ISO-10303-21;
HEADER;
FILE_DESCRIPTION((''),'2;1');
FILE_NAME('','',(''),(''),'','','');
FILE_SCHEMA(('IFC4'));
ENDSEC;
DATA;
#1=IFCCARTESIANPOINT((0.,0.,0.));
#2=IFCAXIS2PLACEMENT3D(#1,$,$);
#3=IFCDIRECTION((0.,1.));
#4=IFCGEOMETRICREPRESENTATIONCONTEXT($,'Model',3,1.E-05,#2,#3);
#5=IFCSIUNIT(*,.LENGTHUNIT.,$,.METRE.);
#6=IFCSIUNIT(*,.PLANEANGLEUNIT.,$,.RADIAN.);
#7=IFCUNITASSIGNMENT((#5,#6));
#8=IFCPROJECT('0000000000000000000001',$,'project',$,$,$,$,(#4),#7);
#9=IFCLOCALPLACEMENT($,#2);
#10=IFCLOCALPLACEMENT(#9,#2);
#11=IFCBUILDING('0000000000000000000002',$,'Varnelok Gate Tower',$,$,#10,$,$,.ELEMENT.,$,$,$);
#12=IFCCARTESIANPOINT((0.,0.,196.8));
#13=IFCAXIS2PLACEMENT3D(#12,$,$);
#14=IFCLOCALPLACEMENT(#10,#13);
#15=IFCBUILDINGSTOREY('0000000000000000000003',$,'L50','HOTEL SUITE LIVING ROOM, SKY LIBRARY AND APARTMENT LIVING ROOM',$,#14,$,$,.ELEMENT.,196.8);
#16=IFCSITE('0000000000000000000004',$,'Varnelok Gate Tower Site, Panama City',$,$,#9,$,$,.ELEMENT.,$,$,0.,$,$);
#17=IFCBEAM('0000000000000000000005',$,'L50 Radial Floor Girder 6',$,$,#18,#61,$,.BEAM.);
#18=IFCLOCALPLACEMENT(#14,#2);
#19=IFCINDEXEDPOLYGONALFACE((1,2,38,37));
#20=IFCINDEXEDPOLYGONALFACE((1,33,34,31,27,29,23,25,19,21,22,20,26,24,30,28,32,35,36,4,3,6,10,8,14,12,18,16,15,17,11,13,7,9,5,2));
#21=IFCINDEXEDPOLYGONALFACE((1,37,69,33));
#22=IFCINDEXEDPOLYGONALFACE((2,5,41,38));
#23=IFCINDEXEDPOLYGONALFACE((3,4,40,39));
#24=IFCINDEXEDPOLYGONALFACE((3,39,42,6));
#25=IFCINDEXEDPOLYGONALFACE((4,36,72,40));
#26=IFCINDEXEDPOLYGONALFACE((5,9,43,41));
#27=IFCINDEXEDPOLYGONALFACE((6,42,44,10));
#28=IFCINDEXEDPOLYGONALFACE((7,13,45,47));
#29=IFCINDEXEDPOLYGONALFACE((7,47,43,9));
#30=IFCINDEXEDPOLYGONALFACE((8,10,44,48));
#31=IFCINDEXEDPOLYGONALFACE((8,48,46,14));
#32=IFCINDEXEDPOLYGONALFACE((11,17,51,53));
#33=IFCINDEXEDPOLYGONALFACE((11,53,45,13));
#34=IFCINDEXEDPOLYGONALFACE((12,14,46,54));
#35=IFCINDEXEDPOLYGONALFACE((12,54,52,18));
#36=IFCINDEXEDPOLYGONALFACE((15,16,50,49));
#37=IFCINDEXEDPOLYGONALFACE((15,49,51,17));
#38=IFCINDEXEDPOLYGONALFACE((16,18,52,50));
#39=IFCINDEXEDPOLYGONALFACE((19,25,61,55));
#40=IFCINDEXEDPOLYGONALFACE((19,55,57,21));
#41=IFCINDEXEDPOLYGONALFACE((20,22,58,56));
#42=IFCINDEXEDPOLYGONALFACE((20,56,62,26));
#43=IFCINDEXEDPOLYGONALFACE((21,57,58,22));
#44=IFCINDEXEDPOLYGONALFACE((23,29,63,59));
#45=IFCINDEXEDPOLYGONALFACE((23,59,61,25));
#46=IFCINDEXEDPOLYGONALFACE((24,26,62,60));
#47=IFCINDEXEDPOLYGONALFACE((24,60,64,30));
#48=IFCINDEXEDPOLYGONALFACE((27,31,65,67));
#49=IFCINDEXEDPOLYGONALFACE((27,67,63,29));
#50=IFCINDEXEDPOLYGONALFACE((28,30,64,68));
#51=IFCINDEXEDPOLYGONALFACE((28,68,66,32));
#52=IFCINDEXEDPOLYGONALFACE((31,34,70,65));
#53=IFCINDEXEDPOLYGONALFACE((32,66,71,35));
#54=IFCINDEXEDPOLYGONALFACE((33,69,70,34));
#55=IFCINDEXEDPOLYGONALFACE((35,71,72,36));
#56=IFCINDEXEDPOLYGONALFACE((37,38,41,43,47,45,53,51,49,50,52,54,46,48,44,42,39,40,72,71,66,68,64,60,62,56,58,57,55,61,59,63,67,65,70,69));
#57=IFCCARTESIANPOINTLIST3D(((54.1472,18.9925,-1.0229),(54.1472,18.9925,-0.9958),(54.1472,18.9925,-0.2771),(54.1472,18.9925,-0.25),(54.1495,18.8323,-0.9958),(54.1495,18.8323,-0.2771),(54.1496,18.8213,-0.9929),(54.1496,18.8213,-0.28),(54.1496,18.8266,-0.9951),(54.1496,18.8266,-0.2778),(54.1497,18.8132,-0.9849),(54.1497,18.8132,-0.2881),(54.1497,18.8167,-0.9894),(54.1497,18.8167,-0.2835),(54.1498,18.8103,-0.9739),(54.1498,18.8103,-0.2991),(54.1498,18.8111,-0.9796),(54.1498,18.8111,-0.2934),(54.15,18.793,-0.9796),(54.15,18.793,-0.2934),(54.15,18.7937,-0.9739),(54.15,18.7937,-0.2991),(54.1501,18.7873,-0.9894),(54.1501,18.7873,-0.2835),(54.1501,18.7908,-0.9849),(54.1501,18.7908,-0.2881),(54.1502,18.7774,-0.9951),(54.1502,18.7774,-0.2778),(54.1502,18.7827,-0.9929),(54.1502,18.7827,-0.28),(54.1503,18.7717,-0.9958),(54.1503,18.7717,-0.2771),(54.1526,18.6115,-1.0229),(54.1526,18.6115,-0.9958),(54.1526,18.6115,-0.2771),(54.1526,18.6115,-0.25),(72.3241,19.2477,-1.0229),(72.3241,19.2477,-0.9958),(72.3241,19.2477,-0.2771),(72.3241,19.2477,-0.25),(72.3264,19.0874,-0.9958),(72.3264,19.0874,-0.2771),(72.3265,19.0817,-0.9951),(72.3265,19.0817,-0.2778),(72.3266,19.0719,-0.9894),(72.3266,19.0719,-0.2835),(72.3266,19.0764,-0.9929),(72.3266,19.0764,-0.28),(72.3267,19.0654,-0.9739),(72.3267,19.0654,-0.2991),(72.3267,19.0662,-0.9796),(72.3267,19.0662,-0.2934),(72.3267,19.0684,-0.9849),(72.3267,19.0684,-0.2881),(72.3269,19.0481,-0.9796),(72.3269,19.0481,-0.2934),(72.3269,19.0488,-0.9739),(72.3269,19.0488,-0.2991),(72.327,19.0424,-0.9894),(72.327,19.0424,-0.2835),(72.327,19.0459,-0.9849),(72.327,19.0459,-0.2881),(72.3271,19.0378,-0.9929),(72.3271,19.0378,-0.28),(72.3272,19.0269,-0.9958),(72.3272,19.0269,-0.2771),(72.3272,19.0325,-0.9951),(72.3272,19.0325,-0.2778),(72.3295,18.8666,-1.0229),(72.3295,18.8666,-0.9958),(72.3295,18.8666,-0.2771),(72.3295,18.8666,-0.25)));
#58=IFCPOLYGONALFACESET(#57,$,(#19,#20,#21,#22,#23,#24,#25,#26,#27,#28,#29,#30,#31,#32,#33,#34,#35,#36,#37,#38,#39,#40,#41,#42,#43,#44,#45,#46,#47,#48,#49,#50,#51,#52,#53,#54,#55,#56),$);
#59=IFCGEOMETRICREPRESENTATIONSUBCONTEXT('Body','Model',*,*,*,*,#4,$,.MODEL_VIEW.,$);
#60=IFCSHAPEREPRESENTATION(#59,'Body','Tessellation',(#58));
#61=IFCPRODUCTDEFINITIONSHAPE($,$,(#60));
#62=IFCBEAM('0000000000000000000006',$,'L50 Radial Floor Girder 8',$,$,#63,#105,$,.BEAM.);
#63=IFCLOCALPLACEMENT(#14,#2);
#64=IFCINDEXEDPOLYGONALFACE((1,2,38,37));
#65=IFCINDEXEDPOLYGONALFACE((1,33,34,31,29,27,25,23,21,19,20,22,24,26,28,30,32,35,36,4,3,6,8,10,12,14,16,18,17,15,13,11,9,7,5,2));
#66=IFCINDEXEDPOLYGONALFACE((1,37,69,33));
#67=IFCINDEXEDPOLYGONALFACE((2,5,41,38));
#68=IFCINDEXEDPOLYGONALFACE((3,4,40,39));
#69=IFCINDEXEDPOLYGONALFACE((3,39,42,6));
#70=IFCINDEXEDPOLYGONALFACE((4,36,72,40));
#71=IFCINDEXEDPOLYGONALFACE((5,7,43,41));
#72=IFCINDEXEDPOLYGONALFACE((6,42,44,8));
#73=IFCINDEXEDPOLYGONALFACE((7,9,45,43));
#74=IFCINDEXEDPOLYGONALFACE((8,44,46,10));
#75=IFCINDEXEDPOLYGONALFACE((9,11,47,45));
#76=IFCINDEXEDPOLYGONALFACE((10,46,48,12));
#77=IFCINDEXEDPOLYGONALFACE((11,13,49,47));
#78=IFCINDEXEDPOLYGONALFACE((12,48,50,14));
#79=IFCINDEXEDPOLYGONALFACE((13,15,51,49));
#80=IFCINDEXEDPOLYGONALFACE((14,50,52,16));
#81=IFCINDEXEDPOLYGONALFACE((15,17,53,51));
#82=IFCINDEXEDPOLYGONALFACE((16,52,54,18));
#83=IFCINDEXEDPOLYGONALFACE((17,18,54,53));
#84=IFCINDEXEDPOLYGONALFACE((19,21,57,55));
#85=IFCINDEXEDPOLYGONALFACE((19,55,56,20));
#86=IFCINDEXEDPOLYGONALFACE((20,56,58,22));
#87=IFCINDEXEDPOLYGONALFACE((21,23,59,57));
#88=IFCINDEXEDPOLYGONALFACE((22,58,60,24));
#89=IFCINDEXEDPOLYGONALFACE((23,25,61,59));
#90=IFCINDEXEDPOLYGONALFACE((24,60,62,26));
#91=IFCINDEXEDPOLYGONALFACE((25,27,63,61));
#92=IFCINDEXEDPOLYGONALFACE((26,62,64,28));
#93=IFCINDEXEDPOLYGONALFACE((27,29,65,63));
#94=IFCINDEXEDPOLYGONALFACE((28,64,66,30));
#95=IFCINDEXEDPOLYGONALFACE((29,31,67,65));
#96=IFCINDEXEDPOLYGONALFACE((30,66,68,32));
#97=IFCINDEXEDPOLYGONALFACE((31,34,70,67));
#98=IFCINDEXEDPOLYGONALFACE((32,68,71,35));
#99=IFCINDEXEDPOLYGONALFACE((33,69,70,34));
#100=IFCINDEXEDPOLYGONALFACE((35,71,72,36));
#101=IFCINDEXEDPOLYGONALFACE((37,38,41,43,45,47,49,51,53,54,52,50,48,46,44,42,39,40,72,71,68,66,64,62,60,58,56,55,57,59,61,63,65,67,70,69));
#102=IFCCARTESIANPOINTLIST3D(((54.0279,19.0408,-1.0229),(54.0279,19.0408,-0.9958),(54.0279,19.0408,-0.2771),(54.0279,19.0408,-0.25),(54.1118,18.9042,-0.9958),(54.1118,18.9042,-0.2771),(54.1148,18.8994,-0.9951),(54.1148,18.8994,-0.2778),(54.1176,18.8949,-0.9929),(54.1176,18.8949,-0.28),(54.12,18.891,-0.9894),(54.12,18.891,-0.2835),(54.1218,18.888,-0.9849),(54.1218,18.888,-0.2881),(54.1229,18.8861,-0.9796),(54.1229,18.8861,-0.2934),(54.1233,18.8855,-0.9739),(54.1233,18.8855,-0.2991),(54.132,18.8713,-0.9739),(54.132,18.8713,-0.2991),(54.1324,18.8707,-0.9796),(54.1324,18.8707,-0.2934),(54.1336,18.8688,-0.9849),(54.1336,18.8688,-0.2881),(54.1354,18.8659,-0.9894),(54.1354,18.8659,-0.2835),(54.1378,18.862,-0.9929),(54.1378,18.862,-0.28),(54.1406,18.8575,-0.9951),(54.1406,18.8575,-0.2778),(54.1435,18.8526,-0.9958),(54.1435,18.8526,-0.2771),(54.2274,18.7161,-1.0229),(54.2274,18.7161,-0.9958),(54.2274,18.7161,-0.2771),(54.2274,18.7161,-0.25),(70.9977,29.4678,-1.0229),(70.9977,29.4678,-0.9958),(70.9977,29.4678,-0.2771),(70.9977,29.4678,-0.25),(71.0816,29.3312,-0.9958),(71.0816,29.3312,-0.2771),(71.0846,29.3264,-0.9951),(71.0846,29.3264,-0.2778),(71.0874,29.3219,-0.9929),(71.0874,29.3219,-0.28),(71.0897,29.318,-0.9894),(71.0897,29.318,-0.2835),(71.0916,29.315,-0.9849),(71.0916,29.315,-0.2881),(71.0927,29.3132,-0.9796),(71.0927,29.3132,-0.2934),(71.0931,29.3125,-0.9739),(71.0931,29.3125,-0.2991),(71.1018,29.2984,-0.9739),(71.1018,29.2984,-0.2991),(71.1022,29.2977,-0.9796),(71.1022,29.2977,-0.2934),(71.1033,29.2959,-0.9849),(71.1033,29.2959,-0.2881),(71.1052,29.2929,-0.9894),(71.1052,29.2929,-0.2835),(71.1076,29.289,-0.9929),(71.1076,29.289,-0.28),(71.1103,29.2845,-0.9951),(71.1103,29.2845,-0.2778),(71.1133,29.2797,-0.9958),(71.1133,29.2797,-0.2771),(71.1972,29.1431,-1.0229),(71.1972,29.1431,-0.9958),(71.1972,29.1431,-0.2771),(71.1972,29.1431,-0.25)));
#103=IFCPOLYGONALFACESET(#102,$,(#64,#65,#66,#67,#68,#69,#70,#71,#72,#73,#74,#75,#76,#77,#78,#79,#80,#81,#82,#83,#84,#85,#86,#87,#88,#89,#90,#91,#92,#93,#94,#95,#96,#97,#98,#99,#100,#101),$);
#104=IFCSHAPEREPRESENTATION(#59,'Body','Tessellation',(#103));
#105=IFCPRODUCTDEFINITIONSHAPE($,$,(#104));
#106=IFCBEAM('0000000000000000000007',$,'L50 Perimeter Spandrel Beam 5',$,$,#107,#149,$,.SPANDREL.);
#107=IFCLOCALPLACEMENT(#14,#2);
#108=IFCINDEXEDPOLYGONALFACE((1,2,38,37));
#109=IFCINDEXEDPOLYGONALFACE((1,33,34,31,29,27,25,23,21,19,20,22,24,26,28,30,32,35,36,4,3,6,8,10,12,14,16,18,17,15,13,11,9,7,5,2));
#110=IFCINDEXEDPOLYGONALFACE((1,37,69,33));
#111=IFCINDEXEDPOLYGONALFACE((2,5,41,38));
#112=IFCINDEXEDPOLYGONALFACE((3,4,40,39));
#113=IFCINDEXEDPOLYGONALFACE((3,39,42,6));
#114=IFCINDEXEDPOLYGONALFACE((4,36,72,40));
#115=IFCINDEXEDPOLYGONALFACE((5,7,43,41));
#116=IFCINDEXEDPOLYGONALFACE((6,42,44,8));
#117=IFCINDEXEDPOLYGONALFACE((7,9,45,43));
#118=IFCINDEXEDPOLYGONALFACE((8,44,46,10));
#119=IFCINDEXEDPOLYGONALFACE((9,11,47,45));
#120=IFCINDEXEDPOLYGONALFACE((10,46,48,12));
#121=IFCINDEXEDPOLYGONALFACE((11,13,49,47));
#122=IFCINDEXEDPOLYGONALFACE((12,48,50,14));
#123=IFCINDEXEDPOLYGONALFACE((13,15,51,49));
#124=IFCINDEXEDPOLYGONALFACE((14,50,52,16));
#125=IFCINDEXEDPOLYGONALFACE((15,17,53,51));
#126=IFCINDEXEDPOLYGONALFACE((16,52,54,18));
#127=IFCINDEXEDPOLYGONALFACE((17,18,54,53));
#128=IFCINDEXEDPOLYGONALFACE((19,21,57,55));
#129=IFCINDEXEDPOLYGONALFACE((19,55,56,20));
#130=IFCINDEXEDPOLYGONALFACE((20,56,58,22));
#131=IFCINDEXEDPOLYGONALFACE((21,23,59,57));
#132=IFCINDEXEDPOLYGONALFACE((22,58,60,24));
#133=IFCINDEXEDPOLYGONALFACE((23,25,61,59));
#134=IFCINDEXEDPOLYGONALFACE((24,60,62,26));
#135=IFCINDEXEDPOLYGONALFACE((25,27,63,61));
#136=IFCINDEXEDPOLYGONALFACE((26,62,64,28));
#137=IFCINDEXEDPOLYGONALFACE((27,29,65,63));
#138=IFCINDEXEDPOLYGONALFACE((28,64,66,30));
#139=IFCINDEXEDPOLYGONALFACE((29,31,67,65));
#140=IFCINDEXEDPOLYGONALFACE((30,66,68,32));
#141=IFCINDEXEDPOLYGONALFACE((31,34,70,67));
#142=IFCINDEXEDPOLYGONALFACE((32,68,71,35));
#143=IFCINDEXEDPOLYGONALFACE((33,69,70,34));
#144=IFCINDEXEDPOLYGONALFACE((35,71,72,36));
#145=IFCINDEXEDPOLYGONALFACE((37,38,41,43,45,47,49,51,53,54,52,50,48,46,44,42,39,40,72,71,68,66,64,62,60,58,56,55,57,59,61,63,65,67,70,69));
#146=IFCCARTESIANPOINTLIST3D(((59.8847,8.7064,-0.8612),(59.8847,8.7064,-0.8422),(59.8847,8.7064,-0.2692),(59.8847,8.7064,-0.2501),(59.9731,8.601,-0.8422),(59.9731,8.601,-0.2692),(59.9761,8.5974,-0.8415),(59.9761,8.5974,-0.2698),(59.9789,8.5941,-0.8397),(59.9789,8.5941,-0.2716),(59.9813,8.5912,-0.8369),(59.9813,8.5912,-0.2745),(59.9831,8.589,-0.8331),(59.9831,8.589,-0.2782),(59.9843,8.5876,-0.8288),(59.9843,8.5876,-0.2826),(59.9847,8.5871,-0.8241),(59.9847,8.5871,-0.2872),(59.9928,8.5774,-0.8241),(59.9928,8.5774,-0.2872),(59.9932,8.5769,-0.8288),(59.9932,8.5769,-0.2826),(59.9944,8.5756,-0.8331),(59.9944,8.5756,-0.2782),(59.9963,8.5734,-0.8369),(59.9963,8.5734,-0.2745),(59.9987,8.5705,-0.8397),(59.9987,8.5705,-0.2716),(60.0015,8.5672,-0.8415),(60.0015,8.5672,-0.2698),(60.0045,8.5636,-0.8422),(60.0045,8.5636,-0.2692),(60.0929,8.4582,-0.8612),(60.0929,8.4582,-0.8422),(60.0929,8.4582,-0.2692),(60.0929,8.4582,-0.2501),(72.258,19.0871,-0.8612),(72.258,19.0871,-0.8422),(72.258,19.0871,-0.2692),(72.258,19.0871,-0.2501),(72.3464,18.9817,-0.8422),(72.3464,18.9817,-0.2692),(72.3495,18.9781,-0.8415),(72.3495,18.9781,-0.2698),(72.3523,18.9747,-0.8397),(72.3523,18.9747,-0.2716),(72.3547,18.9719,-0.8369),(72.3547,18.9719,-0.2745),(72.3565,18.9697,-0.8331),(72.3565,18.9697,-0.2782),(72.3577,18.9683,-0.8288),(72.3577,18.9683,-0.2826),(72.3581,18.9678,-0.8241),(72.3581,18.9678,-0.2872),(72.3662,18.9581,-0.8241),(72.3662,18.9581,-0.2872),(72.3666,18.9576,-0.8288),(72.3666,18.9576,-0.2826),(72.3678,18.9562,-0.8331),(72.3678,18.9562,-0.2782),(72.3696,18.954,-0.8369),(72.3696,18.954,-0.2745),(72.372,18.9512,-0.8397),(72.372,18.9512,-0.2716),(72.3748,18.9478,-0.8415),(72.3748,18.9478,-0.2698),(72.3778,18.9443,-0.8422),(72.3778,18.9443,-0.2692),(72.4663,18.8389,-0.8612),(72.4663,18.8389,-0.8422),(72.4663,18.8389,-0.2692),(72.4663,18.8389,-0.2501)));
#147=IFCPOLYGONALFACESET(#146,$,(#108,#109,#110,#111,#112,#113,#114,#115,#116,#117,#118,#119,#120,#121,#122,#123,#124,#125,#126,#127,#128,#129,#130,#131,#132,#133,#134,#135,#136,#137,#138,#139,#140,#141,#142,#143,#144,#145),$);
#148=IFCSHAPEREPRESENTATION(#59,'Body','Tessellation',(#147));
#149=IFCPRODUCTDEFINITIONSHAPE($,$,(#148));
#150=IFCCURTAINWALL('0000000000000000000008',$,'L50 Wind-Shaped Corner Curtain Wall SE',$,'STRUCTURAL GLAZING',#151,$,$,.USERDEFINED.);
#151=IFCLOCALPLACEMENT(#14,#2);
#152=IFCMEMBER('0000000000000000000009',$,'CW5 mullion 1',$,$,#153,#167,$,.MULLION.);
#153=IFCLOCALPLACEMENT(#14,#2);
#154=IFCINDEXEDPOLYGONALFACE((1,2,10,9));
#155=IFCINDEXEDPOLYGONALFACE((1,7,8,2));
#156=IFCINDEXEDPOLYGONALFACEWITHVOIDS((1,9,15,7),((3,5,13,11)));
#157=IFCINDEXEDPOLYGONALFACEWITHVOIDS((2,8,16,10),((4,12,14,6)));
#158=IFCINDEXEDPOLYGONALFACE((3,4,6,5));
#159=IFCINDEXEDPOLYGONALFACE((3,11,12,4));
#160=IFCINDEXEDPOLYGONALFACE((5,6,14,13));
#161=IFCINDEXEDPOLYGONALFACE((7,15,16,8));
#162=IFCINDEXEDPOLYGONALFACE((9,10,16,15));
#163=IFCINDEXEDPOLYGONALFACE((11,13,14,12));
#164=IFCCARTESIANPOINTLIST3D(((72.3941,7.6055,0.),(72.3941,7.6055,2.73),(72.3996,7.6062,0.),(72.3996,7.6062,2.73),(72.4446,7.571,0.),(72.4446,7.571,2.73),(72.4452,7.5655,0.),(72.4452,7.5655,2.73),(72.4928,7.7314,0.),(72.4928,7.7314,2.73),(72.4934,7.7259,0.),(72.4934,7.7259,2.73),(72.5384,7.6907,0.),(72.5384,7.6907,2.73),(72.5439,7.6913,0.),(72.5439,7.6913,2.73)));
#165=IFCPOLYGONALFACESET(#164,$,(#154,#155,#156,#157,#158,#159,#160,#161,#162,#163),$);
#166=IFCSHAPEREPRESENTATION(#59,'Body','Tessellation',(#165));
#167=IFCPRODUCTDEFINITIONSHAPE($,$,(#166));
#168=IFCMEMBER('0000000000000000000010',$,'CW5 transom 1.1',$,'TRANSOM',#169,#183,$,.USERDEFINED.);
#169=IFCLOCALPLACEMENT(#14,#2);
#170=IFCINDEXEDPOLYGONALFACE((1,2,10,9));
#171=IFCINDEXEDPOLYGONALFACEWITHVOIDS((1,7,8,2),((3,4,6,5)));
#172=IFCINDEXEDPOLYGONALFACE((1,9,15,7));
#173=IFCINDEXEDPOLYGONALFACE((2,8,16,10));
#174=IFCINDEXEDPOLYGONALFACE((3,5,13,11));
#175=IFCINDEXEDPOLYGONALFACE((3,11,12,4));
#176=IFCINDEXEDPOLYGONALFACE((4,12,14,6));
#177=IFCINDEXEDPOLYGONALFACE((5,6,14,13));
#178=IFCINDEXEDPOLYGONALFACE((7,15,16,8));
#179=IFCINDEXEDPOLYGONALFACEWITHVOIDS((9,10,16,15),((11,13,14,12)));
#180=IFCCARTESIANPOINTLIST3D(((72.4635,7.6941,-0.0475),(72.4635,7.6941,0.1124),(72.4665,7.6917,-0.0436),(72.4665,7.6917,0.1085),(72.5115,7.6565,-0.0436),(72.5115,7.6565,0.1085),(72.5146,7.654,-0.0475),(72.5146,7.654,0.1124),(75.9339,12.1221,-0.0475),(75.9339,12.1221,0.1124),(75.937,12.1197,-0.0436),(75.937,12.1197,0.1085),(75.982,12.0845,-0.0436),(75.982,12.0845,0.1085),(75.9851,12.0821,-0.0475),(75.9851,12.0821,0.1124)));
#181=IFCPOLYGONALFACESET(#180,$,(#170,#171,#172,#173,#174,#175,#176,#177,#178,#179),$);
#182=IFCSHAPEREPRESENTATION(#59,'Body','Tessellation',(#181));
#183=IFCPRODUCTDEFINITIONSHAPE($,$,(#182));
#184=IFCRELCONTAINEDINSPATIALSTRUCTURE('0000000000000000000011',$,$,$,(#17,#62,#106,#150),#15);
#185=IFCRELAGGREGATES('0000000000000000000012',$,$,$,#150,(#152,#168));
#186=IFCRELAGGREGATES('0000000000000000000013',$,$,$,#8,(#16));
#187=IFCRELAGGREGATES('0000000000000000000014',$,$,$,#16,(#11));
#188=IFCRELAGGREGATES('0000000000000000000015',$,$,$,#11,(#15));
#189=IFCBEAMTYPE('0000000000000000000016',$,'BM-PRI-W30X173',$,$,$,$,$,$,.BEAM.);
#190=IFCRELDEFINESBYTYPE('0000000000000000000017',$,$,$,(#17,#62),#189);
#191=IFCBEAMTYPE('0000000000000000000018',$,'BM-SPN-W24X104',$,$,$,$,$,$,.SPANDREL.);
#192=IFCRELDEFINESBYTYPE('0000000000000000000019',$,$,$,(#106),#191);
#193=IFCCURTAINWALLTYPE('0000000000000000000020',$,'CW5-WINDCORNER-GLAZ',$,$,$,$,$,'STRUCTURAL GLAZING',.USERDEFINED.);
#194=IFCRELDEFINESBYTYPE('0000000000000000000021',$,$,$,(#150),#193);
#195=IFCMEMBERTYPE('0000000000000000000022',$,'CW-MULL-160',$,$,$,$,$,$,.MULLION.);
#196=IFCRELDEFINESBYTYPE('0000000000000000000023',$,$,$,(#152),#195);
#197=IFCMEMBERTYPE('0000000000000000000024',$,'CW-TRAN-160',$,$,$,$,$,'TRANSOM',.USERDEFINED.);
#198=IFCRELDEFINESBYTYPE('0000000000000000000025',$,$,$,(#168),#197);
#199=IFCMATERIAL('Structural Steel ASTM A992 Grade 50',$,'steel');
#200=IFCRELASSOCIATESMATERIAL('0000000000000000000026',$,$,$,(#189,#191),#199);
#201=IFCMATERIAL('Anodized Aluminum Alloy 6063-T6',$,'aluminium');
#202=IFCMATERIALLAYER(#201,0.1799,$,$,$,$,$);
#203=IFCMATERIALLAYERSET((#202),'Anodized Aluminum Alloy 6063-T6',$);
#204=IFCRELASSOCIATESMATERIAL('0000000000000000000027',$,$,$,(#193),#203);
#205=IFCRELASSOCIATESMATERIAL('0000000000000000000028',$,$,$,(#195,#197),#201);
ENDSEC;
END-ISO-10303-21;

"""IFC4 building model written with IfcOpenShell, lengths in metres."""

from ifc_helpers import new_model, si_unit, direction, frame, origin, origin_2d, place, context, subcontext, project, spatial, hollow_rectangle, i_section, extrude, material, layer, layer_set, material_profile, profile_set, type_object, element, aggregate, save


model = new_model("IFC4")

# Units and contexts
model_context = context("Model", 3, precision=1e-05, world=origin(), true_north=direction((0.0, 1.0)))
body_context = subcontext(model_context, "Body", "Model", "MODEL_VIEW")
ifc_project = project(units=[si_unit("LENGTHUNIT", "METRE"), si_unit("PLANEANGLEUNIT", "RADIAN")], contexts=[model_context])

# Site, building, storey
site_placement = place(None, origin())
site = spatial("IfcSite", under=ifc_project, at=site_placement, Name="Varnelok Gate Tower Site, Panama City", CompositionType="ELEMENT", RefElevation=0.0)
building_placement = place(site_placement, origin())
building = spatial("IfcBuilding", under=site, at=building_placement, Name="Varnelok Gate Tower", CompositionType="ELEMENT")
storey_placement = place(building_placement, frame((0.0, 0.0, 196.8)))
storey = spatial("IfcBuildingStorey", under=building, at=storey_placement, Name="L50", Description="HOTEL SUITE LIVING ROOM, SKY LIBRARY AND APARTMENT LIVING ROOM", CompositionType="ELEMENT", Elevation=196.8)

# Shared definitions
ifc_material_1 = material(Name="Structural Steel ASTM A992 Grade 50", Category="steel")

# Beams
ifc_material_profile_1 = material_profile(ifc_material_1, i_section(OverallWidth=0.3811, OverallDepth=0.7729, WebThickness=0.0166, FlangeThickness=0.0271, FilletRadius=0.022, at=origin_2d()), Name="W30X173")
ifc_profile_set_1 = profile_set([ifc_material_profile_1], Name="Structural Steel ASTM A992 Grade 50")
beam_type_1 = type_object("IfcBeamType", Name="BM-PRI-W30X173", PredefinedType="BEAM", material=ifc_profile_set_1)
beam_1_placement = place(storey_placement, frame((54.1499, 18.802, -0.6365), z_axis=(0.999902, 0.014034, 0.0), x_axis=(-0.014034, 0.999902, 0.0)))
element("IfcBeam", 1, at=beam_1_placement, inside=storey, type_object=beam_type_1, Name="L50 Radial Floor Girder 6", PredefinedType="BEAM", context=body_context, shape_type="SweptSolid", body=[
    extrude(i_section(OverallWidth=0.3811, OverallDepth=0.7729, WebThickness=0.0166, FlangeThickness=0.0271, FilletRadius=0.022, at=origin_2d()), origin(), (0.0, 0.0, 1.0), 18.1787),
])
beam_2_placement = place(storey_placement, frame((54.1277, 18.8784, -0.6365), z_axis=(0.852015, 0.523518, 0.0), x_axis=(-0.523518, 0.852015, 0.0)))
element("IfcBeam", 2, at=beam_2_placement, inside=storey, type_object=beam_type_1, Name="L50 Radial Floor Girder 8", PredefinedType="BEAM", context=body_context, shape_type="SweptSolid", body=[
    extrude(i_section(OverallWidth=0.3811, OverallDepth=0.7729, WebThickness=0.0166, FlangeThickness=0.0271, FilletRadius=0.022, at=origin_2d()), origin(), (0.0, 0.0, 1.0), 19.9172),
])
ifc_material_profile_2 = material_profile(ifc_material_1, i_section(OverallWidth=0.324, OverallDepth=0.6111, WebThickness=0.0127, FlangeThickness=0.019, FilletRadius=0.0181, at=origin_2d()), Name="W24X104")
ifc_profile_set_2 = profile_set([ifc_material_profile_2], Name="Structural Steel ASTM A992 Grade 50")
beam_type_2 = type_object("IfcBeamType", Name="BM-SPN-W24X104", PredefinedType="SPANDREL", material=ifc_profile_set_2)
beam_3_placement = place(storey_placement, frame((59.9888, 8.5823, -0.5557), z_axis=(0.7661, 0.642722, 0.0), x_axis=(-0.642722, 0.7661, 0.0)))
element("IfcBeam", 3, at=beam_3_placement, inside=storey, type_object=beam_type_2, Name="L50 Perimeter Spandrel Beam 5", PredefinedType="SPANDREL", context=body_context, shape_type="SweptSolid", body=[
    extrude(i_section(OverallWidth=0.324, OverallDepth=0.6111, WebThickness=0.0127, FlangeThickness=0.019, FilletRadius=0.0181, at=origin_2d()), origin(), (0.0, 0.0, 1.0), 16.1511),
])

# Curtain wall, members
ifc_material_2 = material(Name="Anodized Aluminum Alloy 6063-T6", Category="aluminium")
ifc_layer_1 = layer(ifc_material_2, 0.1799)
ifc_layer_set_1 = layer_set([ifc_layer_1], Name="Anodized Aluminum Alloy 6063-T6")
curtain_wall_type = type_object("IfcCurtainWallType", Name="CW5-WINDCORNER-GLAZ", ElementType="STRUCTURAL GLAZING", PredefinedType="USERDEFINED", material=ifc_layer_set_1)
curtain_wall_placement = place(storey_placement, origin())
curtain_wall = element("IfcCurtainWall", 4, at=curtain_wall_placement, inside=storey, type_object=curtain_wall_type, Name="L50 Wind-Shaped Corner Curtain Wall SE", ObjectType="STRUCTURAL GLAZING", PredefinedType="USERDEFINED")
ifc_material_profile_3 = material_profile(ifc_material_2, hollow_rectangle(XDim=0.0649, YDim=0.1599, WallThickness=0.0039, at=origin_2d()), Name="ALU160X65X4")
ifc_profile_set_3 = profile_set([ifc_material_profile_3], Name="Anodized Aluminum Alloy 6063-T6")
member_type_1 = type_object("IfcMemberType", Name="CW-MULL-160", PredefinedType="MULLION", material=ifc_profile_set_3)
member_1_placement = place(storey_placement, frame((72.469, 7.6484, 0.0), z_axis=(0.0, 0.0, 1.0), x_axis=(-0.787064, 0.616871, 0.0)))
member_1 = element("IfcMember", 5, at=member_1_placement, type_object=member_type_1, Name="CW5 mullion 1", PredefinedType="MULLION", context=body_context, shape_type="SweptSolid", body=[
    extrude(hollow_rectangle(XDim=0.0649, YDim=0.1599, WallThickness=0.0039, at=origin_2d()), origin(), (0.0, 0.0, 1.0), 2.73),
])
ifc_material_profile_4 = material_profile(ifc_material_2, hollow_rectangle(XDim=0.0649, YDim=0.1599, WallThickness=0.0039, at=origin_2d()), Name="ALU160X65X4")
ifc_profile_set_4 = profile_set([ifc_material_profile_4], Name="Anodized Aluminum Alloy 6063-T6")
member_type_2 = type_object("IfcMemberType", Name="CW-TRAN-160", ElementType="TRANSOM", PredefinedType="USERDEFINED", material=ifc_profile_set_4)
member_2_placement = place(storey_placement, frame((72.489, 7.6741, 0.0325), z_axis=(0.616869, 0.787066, 0.0), x_axis=(-0.787066, 0.616869, 0.0)))
member_2 = element("IfcMember", 6, at=member_2_placement, type_object=member_type_2, Name="CW5 transom 1.1", ObjectType="TRANSOM", PredefinedType="USERDEFINED", context=body_context, shape_type="SweptSolid", body=[
    extrude(hollow_rectangle(XDim=0.0649, YDim=0.1599, WallThickness=0.0039, at=origin_2d()), origin(), (0.0, 0.0, 1.0), 5.626),
])
aggregate(curtain_wall, [member_1, member_2])

save(model, "model.ifc")
